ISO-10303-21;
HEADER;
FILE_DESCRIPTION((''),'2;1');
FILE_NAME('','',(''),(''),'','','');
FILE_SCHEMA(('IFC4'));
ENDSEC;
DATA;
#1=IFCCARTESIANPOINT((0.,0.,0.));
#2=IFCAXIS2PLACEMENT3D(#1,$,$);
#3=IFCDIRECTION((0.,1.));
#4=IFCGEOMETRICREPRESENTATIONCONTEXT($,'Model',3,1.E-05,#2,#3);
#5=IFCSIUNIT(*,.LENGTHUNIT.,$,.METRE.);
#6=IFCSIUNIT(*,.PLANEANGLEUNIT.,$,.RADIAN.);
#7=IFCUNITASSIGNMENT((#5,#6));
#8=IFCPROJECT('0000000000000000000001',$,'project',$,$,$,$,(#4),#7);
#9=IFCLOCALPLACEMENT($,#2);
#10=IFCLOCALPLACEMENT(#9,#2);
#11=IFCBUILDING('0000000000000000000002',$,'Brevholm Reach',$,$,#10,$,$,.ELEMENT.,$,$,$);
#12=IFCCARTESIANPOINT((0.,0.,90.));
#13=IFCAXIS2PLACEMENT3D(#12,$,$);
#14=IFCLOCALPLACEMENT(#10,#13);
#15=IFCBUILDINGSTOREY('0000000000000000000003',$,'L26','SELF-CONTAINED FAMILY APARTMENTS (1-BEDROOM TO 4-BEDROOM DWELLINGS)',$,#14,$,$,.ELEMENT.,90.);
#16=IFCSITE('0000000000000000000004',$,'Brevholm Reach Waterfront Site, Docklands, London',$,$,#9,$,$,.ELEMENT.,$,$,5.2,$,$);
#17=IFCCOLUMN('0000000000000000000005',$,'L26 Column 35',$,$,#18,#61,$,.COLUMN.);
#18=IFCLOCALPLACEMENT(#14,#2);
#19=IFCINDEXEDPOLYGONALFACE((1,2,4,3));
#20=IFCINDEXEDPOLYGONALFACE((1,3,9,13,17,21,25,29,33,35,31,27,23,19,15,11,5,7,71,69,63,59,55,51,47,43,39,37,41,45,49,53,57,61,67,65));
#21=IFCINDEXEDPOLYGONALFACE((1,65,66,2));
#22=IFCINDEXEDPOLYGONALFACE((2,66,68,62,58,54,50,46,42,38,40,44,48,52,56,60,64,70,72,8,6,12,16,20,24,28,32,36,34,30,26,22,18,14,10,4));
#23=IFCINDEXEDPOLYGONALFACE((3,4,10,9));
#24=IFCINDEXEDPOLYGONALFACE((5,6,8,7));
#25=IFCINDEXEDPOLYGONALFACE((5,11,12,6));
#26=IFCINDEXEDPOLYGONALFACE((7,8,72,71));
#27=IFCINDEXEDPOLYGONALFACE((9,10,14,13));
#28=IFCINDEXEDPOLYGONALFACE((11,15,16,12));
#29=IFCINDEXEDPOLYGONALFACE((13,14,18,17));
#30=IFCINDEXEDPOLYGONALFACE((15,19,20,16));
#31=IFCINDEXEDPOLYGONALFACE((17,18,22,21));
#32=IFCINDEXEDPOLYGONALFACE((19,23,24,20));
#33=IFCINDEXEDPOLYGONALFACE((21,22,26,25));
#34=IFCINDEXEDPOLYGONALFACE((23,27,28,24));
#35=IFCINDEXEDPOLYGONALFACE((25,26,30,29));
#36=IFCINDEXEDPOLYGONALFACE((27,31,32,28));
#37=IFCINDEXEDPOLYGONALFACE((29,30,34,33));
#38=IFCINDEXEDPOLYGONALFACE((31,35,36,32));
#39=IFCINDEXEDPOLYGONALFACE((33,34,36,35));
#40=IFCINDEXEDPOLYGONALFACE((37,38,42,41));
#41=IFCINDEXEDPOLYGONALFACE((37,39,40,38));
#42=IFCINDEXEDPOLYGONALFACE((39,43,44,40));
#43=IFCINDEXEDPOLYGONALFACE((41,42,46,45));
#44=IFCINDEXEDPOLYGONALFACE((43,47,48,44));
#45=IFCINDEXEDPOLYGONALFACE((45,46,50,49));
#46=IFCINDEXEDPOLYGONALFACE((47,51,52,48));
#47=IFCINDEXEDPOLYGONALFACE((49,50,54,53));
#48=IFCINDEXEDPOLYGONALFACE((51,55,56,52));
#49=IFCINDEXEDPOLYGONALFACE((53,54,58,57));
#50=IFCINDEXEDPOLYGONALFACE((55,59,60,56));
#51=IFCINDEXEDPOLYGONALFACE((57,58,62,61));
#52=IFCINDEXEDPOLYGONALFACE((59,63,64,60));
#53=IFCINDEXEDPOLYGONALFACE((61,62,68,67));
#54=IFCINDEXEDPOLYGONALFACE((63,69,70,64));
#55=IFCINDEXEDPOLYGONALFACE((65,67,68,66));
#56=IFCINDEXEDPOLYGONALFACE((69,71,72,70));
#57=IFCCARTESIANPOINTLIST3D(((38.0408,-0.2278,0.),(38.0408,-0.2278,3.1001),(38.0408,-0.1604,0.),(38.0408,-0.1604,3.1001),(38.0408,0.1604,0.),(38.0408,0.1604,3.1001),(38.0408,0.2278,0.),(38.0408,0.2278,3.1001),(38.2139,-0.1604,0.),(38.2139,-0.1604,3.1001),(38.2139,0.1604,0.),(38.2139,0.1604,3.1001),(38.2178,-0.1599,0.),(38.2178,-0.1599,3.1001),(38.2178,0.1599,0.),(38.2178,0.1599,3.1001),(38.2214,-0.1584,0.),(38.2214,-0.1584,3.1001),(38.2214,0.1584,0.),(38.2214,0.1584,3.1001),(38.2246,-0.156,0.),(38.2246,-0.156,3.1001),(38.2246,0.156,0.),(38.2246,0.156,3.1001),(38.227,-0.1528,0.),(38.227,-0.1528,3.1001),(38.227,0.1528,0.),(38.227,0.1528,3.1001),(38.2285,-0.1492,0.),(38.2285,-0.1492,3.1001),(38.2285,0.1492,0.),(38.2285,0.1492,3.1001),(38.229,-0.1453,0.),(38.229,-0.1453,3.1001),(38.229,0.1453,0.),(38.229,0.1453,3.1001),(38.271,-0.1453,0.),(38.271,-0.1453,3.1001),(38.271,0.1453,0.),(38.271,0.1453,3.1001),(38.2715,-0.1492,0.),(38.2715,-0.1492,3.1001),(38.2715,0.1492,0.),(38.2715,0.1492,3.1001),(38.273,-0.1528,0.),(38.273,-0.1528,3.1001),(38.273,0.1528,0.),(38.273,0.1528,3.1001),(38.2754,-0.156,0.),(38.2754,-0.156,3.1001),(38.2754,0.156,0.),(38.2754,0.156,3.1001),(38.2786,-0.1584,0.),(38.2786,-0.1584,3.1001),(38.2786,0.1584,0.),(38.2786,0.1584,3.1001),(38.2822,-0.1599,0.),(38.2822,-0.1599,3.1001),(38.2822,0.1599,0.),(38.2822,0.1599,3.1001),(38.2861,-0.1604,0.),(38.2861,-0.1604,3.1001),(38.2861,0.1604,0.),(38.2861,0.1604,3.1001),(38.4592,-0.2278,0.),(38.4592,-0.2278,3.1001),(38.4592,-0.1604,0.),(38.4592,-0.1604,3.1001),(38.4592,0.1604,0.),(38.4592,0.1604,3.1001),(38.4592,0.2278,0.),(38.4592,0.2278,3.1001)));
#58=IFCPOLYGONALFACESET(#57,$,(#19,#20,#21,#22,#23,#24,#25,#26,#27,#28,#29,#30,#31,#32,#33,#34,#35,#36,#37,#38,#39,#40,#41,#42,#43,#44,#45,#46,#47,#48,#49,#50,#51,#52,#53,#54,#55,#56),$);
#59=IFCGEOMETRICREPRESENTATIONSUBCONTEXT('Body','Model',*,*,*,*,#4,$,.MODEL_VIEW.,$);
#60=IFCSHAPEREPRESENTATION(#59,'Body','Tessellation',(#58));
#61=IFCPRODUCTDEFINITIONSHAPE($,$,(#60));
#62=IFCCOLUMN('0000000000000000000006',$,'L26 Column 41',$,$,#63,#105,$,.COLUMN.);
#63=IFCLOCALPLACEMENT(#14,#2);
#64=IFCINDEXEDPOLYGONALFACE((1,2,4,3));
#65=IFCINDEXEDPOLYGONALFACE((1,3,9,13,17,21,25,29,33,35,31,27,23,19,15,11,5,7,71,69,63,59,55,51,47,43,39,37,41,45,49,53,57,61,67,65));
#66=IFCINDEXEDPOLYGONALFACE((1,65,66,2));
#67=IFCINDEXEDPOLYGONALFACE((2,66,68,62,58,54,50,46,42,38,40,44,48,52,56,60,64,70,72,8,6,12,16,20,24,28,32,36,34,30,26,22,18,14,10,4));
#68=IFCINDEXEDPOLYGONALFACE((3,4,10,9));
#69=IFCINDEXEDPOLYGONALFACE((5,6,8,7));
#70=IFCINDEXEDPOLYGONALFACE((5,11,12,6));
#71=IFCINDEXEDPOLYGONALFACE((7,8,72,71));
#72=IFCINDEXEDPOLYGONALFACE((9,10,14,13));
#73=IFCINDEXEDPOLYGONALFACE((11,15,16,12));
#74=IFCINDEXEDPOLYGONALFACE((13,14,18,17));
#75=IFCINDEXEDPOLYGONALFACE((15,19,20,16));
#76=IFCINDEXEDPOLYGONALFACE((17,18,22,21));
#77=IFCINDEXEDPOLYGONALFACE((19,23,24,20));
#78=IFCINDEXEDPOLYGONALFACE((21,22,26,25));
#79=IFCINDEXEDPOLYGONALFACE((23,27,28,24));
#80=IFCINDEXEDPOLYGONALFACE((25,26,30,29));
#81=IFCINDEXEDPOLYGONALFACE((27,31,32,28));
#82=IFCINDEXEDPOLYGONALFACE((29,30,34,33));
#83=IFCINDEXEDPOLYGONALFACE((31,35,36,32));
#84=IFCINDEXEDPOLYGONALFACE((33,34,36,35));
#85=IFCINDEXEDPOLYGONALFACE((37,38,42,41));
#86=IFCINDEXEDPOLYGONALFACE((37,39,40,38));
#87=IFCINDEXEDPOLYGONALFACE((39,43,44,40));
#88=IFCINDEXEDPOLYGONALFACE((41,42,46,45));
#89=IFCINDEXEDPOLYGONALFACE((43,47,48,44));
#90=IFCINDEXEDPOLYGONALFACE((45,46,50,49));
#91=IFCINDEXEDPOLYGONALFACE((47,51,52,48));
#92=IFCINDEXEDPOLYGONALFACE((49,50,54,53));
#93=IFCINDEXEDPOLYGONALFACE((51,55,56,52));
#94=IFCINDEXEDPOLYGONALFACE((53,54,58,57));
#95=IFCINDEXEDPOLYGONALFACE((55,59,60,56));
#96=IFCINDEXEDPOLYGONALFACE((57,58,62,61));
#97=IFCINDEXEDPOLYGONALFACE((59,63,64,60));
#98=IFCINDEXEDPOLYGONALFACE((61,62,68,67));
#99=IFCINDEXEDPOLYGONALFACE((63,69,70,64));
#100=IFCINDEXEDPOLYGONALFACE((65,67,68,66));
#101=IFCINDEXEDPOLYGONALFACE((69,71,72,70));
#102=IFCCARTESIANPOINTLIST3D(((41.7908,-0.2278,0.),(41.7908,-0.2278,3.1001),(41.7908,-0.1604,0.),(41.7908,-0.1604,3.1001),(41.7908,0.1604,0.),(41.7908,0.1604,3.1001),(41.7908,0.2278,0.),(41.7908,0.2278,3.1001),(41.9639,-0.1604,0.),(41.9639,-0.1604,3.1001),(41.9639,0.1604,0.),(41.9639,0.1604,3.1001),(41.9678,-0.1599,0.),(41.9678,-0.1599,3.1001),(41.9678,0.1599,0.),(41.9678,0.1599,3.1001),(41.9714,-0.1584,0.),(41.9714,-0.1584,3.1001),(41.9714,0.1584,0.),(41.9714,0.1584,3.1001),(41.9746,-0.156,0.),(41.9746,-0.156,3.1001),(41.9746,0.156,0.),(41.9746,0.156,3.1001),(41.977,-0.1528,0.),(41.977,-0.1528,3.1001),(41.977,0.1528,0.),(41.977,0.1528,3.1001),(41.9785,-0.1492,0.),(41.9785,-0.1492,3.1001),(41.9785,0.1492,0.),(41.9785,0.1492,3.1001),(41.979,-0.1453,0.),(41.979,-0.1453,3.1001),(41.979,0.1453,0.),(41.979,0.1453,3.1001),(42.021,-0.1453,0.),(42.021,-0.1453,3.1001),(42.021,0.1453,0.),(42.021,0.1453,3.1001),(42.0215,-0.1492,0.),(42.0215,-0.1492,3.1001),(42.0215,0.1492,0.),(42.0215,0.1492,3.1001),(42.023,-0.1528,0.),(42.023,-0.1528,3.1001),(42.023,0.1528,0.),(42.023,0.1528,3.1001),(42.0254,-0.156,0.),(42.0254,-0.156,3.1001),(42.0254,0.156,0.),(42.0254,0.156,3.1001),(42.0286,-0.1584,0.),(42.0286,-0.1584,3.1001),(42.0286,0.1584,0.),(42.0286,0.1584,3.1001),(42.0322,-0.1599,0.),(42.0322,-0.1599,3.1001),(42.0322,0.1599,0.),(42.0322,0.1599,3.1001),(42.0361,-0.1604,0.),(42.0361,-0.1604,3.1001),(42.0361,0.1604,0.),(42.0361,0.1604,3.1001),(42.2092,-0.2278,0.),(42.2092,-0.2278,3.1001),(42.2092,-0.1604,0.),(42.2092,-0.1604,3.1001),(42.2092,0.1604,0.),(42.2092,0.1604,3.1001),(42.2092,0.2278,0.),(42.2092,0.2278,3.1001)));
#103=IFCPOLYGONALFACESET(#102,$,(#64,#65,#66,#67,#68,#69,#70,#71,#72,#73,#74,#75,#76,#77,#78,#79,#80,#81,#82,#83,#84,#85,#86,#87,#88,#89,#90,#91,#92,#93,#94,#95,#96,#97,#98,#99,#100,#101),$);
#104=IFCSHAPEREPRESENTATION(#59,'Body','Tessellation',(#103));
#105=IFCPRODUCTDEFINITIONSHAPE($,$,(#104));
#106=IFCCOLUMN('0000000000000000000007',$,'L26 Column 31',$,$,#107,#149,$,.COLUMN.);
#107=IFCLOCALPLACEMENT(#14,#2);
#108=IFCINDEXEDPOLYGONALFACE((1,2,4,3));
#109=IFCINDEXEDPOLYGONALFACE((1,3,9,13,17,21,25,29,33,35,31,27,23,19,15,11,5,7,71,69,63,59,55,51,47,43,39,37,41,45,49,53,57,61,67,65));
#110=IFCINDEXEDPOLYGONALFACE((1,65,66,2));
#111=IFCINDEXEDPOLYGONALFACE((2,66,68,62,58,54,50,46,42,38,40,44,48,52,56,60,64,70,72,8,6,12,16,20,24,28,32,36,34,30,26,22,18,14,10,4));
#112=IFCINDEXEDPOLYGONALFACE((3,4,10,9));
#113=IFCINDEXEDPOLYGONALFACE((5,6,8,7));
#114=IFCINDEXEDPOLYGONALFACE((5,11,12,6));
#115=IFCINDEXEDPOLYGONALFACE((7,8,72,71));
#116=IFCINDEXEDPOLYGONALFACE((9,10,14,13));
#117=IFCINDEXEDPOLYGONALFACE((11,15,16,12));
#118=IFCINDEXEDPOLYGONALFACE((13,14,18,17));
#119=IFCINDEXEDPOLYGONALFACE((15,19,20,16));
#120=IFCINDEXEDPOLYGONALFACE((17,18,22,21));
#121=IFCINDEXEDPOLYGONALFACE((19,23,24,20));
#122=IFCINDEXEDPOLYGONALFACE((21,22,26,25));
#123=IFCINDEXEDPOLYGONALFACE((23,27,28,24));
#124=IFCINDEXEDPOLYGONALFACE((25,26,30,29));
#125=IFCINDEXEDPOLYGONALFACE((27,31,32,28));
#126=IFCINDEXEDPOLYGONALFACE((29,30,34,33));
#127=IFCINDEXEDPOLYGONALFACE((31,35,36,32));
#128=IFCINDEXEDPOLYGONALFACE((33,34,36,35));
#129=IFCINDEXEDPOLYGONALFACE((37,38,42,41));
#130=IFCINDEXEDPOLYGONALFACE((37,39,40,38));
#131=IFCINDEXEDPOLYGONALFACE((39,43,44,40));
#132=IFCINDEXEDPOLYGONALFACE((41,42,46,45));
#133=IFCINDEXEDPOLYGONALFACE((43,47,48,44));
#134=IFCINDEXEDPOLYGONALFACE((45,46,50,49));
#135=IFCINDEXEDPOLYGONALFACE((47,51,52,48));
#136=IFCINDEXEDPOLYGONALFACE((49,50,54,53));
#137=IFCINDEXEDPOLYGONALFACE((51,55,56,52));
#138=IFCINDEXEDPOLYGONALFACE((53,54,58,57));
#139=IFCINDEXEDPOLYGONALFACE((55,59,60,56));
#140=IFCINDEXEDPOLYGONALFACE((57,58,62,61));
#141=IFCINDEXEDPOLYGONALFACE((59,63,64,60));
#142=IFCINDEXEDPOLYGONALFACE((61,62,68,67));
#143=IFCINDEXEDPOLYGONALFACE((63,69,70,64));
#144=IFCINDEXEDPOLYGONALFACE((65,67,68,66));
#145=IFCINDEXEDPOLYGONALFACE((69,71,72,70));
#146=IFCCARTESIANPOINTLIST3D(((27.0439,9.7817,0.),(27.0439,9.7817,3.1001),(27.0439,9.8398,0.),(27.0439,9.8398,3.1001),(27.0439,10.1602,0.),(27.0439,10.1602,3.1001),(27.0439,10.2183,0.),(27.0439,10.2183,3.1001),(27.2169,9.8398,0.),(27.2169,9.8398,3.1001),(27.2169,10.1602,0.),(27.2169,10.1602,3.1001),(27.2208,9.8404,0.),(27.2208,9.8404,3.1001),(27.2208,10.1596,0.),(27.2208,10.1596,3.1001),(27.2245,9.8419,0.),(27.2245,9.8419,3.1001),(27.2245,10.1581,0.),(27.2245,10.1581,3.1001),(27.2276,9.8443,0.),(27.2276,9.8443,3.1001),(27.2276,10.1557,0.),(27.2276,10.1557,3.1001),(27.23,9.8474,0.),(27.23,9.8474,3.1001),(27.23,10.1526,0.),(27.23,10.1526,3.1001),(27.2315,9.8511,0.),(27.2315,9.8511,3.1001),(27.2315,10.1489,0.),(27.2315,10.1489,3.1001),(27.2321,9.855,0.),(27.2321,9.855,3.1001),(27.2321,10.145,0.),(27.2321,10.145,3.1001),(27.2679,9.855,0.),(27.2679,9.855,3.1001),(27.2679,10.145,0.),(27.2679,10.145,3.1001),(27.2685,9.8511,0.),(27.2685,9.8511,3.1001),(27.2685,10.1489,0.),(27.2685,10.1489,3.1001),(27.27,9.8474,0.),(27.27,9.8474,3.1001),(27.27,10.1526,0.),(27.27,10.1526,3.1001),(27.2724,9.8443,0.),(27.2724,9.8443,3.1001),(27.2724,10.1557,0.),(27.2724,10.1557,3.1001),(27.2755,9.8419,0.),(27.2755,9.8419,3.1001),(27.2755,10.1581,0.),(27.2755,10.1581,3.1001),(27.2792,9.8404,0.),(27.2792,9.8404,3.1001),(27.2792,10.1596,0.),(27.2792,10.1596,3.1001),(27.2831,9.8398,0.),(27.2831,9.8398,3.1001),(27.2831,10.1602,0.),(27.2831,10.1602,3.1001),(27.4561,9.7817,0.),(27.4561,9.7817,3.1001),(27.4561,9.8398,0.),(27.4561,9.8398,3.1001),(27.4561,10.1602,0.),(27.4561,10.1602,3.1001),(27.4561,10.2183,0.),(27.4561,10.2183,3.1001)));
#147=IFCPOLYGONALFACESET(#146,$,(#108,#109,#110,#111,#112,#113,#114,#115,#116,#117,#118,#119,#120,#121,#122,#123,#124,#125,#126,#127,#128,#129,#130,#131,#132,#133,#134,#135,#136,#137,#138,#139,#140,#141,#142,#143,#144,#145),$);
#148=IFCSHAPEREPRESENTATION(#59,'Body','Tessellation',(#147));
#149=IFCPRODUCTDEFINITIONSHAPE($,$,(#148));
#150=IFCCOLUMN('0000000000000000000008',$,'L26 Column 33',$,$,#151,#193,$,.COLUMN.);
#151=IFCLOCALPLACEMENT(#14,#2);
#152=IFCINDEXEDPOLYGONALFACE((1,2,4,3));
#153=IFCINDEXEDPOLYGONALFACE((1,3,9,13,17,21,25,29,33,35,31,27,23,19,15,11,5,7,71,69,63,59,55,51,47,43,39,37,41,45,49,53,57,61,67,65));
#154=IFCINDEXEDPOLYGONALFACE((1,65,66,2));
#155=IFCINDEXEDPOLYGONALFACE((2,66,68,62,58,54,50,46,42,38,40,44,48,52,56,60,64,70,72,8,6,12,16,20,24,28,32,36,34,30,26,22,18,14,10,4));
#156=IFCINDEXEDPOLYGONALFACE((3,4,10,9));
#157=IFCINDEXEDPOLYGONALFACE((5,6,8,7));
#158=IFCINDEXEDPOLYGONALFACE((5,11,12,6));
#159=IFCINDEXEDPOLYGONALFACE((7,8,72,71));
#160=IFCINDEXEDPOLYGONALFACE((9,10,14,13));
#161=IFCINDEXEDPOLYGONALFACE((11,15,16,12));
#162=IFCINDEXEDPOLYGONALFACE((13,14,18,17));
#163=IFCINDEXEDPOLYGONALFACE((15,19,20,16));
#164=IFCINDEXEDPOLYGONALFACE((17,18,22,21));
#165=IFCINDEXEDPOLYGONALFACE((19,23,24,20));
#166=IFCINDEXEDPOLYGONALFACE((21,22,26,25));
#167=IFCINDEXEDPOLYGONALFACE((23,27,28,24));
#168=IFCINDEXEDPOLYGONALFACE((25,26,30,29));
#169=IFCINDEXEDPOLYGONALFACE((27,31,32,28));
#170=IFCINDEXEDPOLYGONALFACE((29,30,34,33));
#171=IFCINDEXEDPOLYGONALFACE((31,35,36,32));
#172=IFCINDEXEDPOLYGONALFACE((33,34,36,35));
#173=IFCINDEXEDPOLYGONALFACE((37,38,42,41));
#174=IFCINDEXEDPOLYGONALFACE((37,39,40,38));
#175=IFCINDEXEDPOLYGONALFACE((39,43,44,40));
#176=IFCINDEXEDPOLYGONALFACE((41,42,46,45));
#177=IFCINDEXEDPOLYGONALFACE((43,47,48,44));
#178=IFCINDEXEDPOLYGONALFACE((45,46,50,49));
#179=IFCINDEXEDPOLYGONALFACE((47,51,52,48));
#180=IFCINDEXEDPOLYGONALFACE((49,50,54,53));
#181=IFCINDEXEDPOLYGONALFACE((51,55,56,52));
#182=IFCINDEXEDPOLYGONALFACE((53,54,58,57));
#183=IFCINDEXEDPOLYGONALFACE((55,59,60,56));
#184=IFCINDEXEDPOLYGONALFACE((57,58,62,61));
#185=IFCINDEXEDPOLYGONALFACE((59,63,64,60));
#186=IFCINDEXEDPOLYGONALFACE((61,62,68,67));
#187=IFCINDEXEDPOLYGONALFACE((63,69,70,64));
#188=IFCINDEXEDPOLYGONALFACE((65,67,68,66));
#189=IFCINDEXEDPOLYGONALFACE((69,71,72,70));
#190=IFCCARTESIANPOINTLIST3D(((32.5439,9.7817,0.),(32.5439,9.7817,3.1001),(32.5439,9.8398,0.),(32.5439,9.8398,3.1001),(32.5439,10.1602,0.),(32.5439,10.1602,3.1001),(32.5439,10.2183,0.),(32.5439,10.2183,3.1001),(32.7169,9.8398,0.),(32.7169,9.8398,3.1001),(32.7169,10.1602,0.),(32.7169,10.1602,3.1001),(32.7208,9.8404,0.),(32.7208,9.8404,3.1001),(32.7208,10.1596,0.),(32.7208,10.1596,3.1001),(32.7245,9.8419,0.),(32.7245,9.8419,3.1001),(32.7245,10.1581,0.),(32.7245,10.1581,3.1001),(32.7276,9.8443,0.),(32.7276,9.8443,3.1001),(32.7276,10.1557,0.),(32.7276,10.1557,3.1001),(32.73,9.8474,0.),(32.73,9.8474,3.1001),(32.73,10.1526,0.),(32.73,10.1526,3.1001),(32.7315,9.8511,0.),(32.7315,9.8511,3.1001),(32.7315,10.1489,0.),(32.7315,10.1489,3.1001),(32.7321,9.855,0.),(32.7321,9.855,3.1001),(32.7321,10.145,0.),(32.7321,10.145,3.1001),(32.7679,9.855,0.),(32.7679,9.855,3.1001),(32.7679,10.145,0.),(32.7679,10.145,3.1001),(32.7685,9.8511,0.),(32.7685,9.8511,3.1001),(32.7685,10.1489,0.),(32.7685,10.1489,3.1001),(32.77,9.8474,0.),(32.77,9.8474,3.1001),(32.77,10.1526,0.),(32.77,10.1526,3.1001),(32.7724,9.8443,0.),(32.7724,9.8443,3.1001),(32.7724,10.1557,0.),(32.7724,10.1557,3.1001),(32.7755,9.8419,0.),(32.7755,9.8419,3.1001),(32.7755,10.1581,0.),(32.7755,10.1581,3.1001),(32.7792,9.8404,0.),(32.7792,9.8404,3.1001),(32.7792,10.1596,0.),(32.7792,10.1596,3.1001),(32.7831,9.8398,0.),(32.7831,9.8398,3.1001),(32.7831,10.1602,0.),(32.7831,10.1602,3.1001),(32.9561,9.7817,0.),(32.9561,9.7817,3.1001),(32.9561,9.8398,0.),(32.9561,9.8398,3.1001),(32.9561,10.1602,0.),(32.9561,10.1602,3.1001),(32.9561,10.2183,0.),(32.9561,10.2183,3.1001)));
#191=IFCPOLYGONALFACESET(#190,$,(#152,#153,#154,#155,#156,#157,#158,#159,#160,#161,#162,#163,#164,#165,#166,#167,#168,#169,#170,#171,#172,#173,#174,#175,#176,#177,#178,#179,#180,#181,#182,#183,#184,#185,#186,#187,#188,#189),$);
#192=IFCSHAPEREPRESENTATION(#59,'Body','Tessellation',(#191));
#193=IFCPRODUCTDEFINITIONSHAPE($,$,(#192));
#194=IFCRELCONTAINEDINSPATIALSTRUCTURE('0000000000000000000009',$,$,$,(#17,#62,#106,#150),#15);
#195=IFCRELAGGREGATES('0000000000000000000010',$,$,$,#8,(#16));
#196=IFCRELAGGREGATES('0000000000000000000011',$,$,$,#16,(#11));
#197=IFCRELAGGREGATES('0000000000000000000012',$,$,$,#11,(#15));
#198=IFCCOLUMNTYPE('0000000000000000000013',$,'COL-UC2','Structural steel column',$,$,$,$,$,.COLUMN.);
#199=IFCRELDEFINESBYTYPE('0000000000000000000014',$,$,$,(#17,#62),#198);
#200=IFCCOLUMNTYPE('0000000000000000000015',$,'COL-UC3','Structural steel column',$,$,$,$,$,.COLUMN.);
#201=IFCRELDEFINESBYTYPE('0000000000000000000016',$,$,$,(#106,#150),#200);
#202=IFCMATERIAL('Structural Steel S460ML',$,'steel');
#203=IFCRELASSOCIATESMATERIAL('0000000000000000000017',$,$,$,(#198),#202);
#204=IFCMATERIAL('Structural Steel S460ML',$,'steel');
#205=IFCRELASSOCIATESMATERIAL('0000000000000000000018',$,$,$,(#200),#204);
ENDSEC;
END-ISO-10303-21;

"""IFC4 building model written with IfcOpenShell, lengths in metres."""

from ifc_helpers import new_model, si_unit, direction, frame, origin, origin_2d, place, context, subcontext, project, spatial, i_section, extrude, material, material_profile, profile_set, type_object, element, save


model = new_model("IFC4")

# Units and contexts
model_context = context("Model", 3, precision=1e-05, world=origin(), true_north=direction((0.0, 1.0)))
body_context = subcontext(model_context, "Body", "Model", "MODEL_VIEW")
ifc_project = project(units=[si_unit("LENGTHUNIT", "METRE"), si_unit("PLANEANGLEUNIT", "RADIAN")], contexts=[model_context])

# Site, building, storey
site_placement = place(None, origin())
site = spatial("IfcSite", under=ifc_project, at=site_placement, Name="Brevholm Reach Waterfront Site, Docklands, London", CompositionType="ELEMENT", RefElevation=5.2)
building_placement = place(site_placement, origin())
building = spatial("IfcBuilding", under=site, at=building_placement, Name="Brevholm Reach", CompositionType="ELEMENT")
storey_placement = place(building_placement, frame((0.0, 0.0, 90.0)))
storey = spatial("IfcBuildingStorey", under=building, at=storey_placement, Name="L26", Description="SELF-CONTAINED FAMILY APARTMENTS (1-BEDROOM TO 4-BEDROOM DWELLINGS)", CompositionType="ELEMENT", Elevation=90.0)

# Columns
ifc_material_1 = material(Name="Structural Steel S460ML", Category="steel")
ifc_material_profile_1 = material_profile(ifc_material_1, i_section(OverallWidth=0.4185, OverallDepth=0.4556, WebThickness=0.042, FlangeThickness=0.0674, FilletRadius=0.0151, at=origin_2d()), Name="UKC 356x406x551")
ifc_profile_set_1 = profile_set([ifc_material_profile_1], Name="Structural Steel S460ML")
column_type_1 = type_object("IfcColumnType", Name="COL-UC2", Description="Structural steel column", PredefinedType="COLUMN", material=ifc_profile_set_1)
for number, where, z_axis, x_axis, name in (
    (1, (38.25, 0.0, 0.0), (0.0, 0.0, 1.0), (1.0, 0.0, 0.0), "L26 Column 35"),
    (2, (42.0, 0.0, 0.0), (0.0, 0.0, 1.0), (1.0, 0.0, 0.0), "L26 Column 41"),
):
    element("IfcColumn", number, at=place(storey_placement, frame(where, z_axis=z_axis, x_axis=x_axis)), inside=storey, type_object=column_type_1, Name=name, PredefinedType="COLUMN", context=body_context, shape_type="SweptSolid", body=[
        extrude(i_section(OverallWidth=0.4185, OverallDepth=0.4556, WebThickness=0.042, FlangeThickness=0.0674, FilletRadius=0.0151, at=origin_2d()), origin(), (0.0, 0.0, 1.0), 3.1001),
    ])
ifc_material_2 = material(Name="Structural Steel S460ML", Category="steel")
ifc_material_profile_2 = material_profile(ifc_material_2, i_section(OverallWidth=0.4121, OverallDepth=0.4365, WebThickness=0.0359, FlangeThickness=0.0581, FilletRadius=0.0151, at=origin_2d()), Name="UKC 356x406x467")
ifc_profile_set_2 = profile_set([ifc_material_profile_2], Name="Structural Steel S460ML")
column_type_2 = type_object("IfcColumnType", Name="COL-UC3", Description="Structural steel column", PredefinedType="COLUMN", material=ifc_profile_set_2)
for number, where, z_axis, x_axis, name in (
    (3, (27.25, 10.0, 0.0), (0.0, 0.0, 1.0), (1.0, 0.0, 0.0), "L26 Column 31"),
    (4, (32.75, 10.0, 0.0), (0.0, 0.0, 1.0), (1.0, 0.0, 0.0), "L26 Column 33"),
):
    element("IfcColumn", number, at=place(storey_placement, frame(where, z_axis=z_axis, x_axis=x_axis)), inside=storey, type_object=column_type_2, Name=name, PredefinedType="COLUMN", context=body_context, shape_type="SweptSolid", body=[
        extrude(i_section(OverallWidth=0.4121, OverallDepth=0.4365, WebThickness=0.0359, FlangeThickness=0.0581, FilletRadius=0.0151, at=origin_2d()), origin(), (0.0, 0.0, 1.0), 3.1001),
    ])

save(model, "model.ifc")
